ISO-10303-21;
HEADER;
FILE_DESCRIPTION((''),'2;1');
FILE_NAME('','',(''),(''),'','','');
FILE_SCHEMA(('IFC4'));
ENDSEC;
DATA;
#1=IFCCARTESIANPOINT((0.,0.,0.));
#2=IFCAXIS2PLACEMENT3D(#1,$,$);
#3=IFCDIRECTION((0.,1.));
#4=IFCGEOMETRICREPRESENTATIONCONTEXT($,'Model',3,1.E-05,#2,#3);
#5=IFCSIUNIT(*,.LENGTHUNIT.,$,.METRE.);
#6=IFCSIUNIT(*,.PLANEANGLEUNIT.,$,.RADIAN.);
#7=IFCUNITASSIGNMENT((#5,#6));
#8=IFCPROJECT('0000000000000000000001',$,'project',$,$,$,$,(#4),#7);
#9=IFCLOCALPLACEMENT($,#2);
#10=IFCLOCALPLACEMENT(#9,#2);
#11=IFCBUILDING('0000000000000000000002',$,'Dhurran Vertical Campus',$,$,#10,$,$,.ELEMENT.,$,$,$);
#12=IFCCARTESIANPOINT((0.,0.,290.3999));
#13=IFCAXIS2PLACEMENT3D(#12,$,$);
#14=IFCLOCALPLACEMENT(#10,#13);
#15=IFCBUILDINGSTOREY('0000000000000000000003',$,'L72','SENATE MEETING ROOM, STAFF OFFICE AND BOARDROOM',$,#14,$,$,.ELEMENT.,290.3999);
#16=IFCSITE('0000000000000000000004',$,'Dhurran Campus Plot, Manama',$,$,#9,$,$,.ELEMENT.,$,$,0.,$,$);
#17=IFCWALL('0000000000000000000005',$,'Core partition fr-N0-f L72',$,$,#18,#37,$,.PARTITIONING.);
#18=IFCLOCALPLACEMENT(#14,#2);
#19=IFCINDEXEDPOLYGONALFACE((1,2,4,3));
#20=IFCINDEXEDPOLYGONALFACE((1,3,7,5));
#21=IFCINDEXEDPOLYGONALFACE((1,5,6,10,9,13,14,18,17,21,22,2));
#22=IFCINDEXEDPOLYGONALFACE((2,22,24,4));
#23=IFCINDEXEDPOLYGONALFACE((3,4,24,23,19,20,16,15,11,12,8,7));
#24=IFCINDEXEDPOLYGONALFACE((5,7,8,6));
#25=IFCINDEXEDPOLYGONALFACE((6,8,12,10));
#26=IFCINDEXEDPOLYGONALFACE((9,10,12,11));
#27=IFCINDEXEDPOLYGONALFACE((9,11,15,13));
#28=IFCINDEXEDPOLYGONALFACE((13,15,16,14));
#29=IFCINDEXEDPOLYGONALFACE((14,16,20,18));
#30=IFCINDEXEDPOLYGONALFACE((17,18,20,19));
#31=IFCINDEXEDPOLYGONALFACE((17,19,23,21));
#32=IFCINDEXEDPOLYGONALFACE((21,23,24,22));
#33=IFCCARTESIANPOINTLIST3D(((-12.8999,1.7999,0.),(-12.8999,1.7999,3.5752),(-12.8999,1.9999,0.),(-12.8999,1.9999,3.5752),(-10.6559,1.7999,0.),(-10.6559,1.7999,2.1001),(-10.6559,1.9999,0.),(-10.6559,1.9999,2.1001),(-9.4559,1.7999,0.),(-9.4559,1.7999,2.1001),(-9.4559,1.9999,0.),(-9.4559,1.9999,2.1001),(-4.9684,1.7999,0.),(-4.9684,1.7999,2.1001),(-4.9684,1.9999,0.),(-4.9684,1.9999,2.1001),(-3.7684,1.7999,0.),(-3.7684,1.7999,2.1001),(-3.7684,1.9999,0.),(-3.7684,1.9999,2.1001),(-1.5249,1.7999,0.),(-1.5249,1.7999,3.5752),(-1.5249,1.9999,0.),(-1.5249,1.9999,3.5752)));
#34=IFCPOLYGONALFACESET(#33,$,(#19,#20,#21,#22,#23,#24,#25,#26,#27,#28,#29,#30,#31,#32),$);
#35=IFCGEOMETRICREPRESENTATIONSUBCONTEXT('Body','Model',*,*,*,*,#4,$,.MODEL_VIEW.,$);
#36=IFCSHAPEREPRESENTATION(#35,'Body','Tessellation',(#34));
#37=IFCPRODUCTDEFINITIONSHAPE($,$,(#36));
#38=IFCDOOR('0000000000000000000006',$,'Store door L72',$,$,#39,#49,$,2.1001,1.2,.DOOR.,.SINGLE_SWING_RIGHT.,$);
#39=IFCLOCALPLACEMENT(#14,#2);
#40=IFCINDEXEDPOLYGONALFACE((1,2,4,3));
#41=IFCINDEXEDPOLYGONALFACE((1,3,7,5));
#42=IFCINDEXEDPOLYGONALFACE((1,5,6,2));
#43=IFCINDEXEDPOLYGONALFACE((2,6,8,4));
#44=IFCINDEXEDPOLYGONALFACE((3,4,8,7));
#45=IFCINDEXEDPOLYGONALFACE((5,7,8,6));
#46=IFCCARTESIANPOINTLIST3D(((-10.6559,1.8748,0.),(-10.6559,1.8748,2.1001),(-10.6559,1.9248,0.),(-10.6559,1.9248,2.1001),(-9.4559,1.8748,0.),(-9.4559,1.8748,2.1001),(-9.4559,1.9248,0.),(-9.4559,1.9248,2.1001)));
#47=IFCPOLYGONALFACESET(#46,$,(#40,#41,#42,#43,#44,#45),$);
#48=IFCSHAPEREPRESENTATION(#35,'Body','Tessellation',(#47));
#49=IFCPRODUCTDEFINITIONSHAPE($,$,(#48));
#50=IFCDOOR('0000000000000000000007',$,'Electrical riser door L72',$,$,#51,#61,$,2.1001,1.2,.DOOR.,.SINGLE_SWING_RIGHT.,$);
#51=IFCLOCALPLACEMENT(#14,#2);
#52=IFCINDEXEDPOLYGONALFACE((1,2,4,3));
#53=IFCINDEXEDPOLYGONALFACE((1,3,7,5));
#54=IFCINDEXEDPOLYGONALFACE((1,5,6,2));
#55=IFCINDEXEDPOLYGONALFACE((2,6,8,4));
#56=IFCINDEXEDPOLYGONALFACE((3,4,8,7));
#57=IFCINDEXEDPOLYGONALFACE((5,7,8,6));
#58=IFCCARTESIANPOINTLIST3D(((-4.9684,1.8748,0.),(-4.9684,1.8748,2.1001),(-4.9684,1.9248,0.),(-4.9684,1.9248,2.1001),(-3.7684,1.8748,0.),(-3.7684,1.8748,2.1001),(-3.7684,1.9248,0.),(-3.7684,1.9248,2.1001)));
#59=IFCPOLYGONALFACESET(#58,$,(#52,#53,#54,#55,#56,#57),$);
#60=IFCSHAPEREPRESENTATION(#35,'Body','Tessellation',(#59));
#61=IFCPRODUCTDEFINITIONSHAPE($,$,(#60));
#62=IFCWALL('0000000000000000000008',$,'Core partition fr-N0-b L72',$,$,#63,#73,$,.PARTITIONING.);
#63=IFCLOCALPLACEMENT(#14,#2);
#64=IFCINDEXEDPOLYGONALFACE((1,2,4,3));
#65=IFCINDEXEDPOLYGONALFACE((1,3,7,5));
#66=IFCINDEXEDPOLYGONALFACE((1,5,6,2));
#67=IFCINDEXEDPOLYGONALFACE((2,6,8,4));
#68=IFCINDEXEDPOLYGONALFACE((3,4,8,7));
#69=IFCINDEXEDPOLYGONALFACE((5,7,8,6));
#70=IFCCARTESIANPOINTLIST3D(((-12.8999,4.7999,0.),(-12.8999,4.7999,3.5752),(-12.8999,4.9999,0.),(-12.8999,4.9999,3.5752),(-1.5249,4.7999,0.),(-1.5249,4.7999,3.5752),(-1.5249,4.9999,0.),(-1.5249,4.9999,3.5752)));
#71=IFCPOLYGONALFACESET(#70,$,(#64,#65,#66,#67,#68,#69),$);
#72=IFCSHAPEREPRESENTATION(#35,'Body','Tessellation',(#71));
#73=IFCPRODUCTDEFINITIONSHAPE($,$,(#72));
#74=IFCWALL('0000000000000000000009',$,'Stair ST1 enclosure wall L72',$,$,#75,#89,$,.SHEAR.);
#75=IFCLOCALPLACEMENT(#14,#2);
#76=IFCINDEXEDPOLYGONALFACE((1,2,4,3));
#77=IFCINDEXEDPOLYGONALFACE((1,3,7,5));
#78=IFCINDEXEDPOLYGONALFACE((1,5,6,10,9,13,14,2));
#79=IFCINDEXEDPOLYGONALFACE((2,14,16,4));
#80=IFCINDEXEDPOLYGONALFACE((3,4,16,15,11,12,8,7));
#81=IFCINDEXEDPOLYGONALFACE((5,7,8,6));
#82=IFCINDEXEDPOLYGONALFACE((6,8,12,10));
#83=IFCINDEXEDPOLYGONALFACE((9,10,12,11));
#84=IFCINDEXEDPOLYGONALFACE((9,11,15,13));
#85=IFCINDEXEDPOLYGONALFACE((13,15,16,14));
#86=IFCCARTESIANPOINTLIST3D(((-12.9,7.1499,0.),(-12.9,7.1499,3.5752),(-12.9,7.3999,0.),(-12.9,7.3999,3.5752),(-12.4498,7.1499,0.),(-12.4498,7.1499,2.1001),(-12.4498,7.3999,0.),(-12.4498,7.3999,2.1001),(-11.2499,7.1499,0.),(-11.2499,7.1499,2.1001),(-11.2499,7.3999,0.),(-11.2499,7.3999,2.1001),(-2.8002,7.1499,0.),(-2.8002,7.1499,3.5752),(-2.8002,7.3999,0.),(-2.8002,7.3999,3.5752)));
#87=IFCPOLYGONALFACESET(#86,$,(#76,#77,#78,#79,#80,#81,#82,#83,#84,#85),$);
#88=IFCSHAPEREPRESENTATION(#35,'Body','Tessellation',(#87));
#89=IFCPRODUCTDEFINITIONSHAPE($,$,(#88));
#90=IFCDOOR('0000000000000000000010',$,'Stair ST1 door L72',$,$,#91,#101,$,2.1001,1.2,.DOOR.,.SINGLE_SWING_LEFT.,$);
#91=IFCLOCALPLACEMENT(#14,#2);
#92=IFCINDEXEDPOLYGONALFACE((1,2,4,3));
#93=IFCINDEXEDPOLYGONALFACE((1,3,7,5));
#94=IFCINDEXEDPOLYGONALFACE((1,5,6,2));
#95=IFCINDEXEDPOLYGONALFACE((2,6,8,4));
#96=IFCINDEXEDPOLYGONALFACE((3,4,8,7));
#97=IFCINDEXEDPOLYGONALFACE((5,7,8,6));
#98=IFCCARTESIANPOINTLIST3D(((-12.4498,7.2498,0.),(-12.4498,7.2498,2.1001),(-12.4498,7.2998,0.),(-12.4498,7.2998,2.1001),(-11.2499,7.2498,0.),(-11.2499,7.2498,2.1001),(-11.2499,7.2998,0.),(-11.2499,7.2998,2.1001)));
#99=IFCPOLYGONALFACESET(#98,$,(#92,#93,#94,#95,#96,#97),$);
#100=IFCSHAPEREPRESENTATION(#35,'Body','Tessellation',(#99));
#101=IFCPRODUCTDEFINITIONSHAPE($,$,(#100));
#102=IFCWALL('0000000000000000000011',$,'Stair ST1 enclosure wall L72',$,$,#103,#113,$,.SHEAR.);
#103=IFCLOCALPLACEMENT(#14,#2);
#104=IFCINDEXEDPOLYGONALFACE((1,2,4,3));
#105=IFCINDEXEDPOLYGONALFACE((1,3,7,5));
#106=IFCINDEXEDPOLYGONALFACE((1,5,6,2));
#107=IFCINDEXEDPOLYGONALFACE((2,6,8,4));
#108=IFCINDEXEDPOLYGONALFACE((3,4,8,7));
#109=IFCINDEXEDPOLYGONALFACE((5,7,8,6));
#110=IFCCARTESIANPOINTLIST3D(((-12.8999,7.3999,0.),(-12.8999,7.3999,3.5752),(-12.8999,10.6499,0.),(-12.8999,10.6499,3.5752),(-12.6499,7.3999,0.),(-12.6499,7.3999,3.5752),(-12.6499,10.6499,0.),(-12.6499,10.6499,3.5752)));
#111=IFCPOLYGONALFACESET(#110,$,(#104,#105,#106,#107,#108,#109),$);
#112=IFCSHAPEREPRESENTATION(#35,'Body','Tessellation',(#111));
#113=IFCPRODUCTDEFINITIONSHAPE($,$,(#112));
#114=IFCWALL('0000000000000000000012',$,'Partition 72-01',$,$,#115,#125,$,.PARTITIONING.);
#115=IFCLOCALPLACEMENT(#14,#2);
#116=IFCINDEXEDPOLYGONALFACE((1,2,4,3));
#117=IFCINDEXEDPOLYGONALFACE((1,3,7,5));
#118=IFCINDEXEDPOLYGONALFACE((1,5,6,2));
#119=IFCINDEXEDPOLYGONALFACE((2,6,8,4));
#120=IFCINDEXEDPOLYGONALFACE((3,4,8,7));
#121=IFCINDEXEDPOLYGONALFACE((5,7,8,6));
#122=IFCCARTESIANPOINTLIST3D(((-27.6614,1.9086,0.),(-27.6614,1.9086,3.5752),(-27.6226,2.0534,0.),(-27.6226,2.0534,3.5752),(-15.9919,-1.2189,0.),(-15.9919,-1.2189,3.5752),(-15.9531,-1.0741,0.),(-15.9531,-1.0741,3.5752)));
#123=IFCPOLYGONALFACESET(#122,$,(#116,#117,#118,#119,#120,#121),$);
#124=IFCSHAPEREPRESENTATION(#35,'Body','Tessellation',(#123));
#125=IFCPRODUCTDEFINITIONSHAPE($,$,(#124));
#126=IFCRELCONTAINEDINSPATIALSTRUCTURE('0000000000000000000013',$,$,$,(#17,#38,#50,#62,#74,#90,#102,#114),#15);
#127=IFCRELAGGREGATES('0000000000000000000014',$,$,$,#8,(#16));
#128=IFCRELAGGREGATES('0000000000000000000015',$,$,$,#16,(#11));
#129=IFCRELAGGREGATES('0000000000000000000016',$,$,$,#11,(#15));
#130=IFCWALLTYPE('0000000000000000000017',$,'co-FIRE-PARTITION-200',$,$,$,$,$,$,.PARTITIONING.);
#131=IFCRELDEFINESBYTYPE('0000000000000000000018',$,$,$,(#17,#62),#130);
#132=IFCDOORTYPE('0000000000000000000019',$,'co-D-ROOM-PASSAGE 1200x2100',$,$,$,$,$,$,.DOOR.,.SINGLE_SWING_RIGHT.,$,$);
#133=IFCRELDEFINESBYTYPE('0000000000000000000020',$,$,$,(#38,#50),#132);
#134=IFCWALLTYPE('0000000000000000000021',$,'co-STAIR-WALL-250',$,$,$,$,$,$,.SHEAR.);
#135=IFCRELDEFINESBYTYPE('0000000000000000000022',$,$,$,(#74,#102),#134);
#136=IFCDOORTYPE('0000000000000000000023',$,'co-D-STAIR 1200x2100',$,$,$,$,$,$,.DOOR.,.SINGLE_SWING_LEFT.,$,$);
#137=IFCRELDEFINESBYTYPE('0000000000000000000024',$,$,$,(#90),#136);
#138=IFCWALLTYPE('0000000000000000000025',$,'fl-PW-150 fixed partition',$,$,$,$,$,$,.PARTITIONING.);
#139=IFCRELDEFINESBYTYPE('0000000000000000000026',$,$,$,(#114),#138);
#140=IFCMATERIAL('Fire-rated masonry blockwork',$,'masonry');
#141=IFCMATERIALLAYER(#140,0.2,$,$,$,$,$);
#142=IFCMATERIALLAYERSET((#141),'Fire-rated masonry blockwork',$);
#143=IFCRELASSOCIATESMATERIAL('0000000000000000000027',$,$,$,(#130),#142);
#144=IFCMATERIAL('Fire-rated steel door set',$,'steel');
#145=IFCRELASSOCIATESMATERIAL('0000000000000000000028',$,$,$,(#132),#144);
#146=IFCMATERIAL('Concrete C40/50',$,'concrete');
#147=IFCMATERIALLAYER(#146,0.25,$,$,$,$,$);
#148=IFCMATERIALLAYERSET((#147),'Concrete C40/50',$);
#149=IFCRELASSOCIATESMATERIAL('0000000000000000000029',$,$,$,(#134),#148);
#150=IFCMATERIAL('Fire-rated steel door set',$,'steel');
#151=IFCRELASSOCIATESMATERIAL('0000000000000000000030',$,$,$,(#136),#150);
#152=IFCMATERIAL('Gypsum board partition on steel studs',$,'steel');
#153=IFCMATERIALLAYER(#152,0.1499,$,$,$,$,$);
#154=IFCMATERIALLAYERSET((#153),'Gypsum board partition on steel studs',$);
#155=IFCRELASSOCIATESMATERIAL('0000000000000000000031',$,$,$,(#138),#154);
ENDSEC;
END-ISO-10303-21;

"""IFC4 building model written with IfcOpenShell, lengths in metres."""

from ifc_helpers import new_model, si_unit, direction, frame, frame_2d, origin, place, context, subcontext, project, spatial, rectangle, extrude, material, layer, layer_set, type_object, element, fill, save


model = new_model("IFC4")

# Units and contexts
model_context = context("Model", 3, precision=1e-05, world=origin(), true_north=direction((0.0, 1.0)))
body_context = subcontext(model_context, "Body", "Model", "MODEL_VIEW")
ifc_project = project(units=[si_unit("LENGTHUNIT", "METRE"), si_unit("PLANEANGLEUNIT", "RADIAN")], contexts=[model_context])

# Site, building, storey
site_placement = place(None, origin())
site = spatial("IfcSite", under=ifc_project, at=site_placement, Name="Dhurran Campus Plot, Manama", CompositionType="ELEMENT", RefElevation=0.0)
building_placement = place(site_placement, origin())
building = spatial("IfcBuilding", under=site, at=building_placement, Name="Dhurran Vertical Campus", CompositionType="ELEMENT")
storey_placement = place(building_placement, frame((0.0, 0.0, 290.3999)))
storey = spatial("IfcBuildingStorey", under=building, at=storey_placement, Name="L72", Description="SENATE MEETING ROOM, STAFF OFFICE AND BOARDROOM", CompositionType="ELEMENT", Elevation=290.3999)

# Wall, openings, doors
ifc_material_1 = material(Name="Fire-rated masonry blockwork", Category="masonry")
ifc_layer_1 = layer(ifc_material_1, 0.2)
ifc_layer_set_1 = layer_set([ifc_layer_1], Name="Fire-rated masonry blockwork")
wall_type_1 = type_object("IfcWallType", Name="co-FIRE-PARTITION-200", PredefinedType="PARTITIONING", material=ifc_layer_set_1)
wall_1_placement = place(storey_placement, frame((-12.8999, 1.8999, 0.0), z_axis=(0.0, 0.0, 1.0), x_axis=(1.0, 0.0, 0.0)))
wall_1 = element("IfcWall", 1, at=wall_1_placement, inside=storey, type_object=wall_type_1, Name="Core partition fr-N0-f L72", PredefinedType="PARTITIONING", context=body_context, shape_type="SweptSolid", body=[
    extrude(rectangle(XDim=11.375, YDim=0.2, at=frame_2d((5.6875, 0.0))), origin(), (0.0, 0.0, 1.0), 3.5752),
])
opening_1_placement = place(wall_1_placement, frame((2.2439, 0.0, 0.0)))
opening_1 = element("IfcOpeningElement", 2, at=opening_1_placement, cuts=wall_1, PredefinedType="OPENING", context=body_context, shape_type="SweptSolid", body=[
    extrude(rectangle(XDim=1.2, YDim=2.1001, at=frame_2d((0.6001, 1.05))), frame((0.0, 0.1099, 0.0), z_axis=(0.0, -1.0, 0.0), x_axis=(1.0, 0.0, 0.0)), (0.0, 0.0, 1.0), 0.22),
])
opening_2_placement = place(wall_1_placement, frame((7.9314, 0.0, 0.0)))
opening_2 = element("IfcOpeningElement", 3, at=opening_2_placement, cuts=wall_1, PredefinedType="OPENING", context=body_context, shape_type="SweptSolid", body=[
    extrude(rectangle(XDim=1.2, YDim=2.1001, at=frame_2d((0.6001, 1.05))), frame((0.0, 0.1099, 0.0), z_axis=(0.0, -1.0, 0.0), x_axis=(1.0, 0.0, 0.0)), (0.0, 0.0, 1.0), 0.22),
])
ifc_material_2 = material(Name="Fire-rated steel door set", Category="steel")
door_type_1 = type_object("IfcDoorType", Name="co-D-ROOM-PASSAGE 1200x2100", OperationType="SINGLE_SWING_RIGHT", PredefinedType="DOOR", material=ifc_material_2)
door_1_placement = place(opening_1_placement, origin())
door_1 = element("IfcDoor", 4, at=door_1_placement, inside=storey, type_object=door_type_1, Name="Store door L72", OperationType="SINGLE_SWING_RIGHT", OverallHeight=2.1001, OverallWidth=1.2, PredefinedType="DOOR", context=body_context, shape_type="SweptSolid", body=[
    extrude(rectangle(XDim=1.2, YDim=2.1001, at=frame_2d((0.6001, 1.05))), frame((0.0, 0.0249, 0.0), z_axis=(0.0, -1.0, 0.0), x_axis=(1.0, 0.0, 0.0)), (0.0, 0.0, 1.0), 0.05),
])
fill(opening_1, door_1)
door_2_placement = place(opening_2_placement, origin())
door_2 = element("IfcDoor", 5, at=door_2_placement, inside=storey, type_object=door_type_1, Name="Electrical riser door L72", OperationType="SINGLE_SWING_RIGHT", OverallHeight=2.1001, OverallWidth=1.2, PredefinedType="DOOR", context=body_context, shape_type="SweptSolid", body=[
    extrude(rectangle(XDim=1.2, YDim=2.1001, at=frame_2d((0.6001, 1.05))), frame((0.0, 0.0249, 0.0), z_axis=(0.0, -1.0, 0.0), x_axis=(1.0, 0.0, 0.0)), (0.0, 0.0, 1.0), 0.05),
])
fill(opening_2, door_2)

# Wall
wall_2_placement = place(storey_placement, frame((-12.8999, 4.8999, 0.0), z_axis=(0.0, 0.0, 1.0), x_axis=(1.0, 0.0, 0.0)))
element("IfcWall", 6, at=wall_2_placement, inside=storey, type_object=wall_type_1, Name="Core partition fr-N0-b L72", PredefinedType="PARTITIONING", context=body_context, shape_type="SweptSolid", body=[
    extrude(rectangle(XDim=11.375, YDim=0.2, at=frame_2d((5.6875, 0.0))), origin(), (0.0, 0.0, 1.0), 3.5752),
])

# Wall, opening, door
ifc_material_3 = material(Name="Concrete C40/50", Category="concrete")
ifc_layer_2 = layer(ifc_material_3, 0.25)
ifc_layer_set_2 = layer_set([ifc_layer_2], Name="Concrete C40/50")
wall_type_2 = type_object("IfcWallType", Name="co-STAIR-WALL-250", PredefinedType="SHEAR", material=ifc_layer_set_2)
wall_3_placement = place(storey_placement, frame((-12.8999, 7.2749, 0.0), z_axis=(0.0, 0.0, 1.0), x_axis=(1.0, 0.0, 0.0)))
wall_3 = element("IfcWall", 7, at=wall_3_placement, inside=storey, type_object=wall_type_2, Name="Stair ST1 enclosure wall L72", PredefinedType="SHEAR", context=body_context, shape_type="SweptSolid", body=[
    extrude(rectangle(XDim=10.0999, YDim=0.25, at=frame_2d((5.0498, 0.0))), origin(), (0.0, 0.0, 1.0), 3.5752),
])
opening_3_placement = place(wall_3_placement, frame((0.45, 0.0, 0.0)))
opening_3 = element("IfcOpeningElement", 8, at=opening_3_placement, cuts=wall_3, PredefinedType="OPENING", context=body_context, shape_type="SweptSolid", body=[
    extrude(rectangle(XDim=1.2, YDim=2.1001, at=frame_2d((0.6001, 1.05))), frame((0.0, 0.135, 0.0), z_axis=(0.0, -1.0, 0.0), x_axis=(1.0, 0.0, 0.0)), (0.0, 0.0, 1.0), 0.27),
])
ifc_material_4 = material(Name="Fire-rated steel door set", Category="steel")
door_type_2 = type_object("IfcDoorType", Name="co-D-STAIR 1200x2100", OperationType="SINGLE_SWING_LEFT", PredefinedType="DOOR", material=ifc_material_4)
door_3_placement = place(opening_3_placement, origin())
door_3 = element("IfcDoor", 9, at=door_3_placement, inside=storey, type_object=door_type_2, Name="Stair ST1 door L72", OperationType="SINGLE_SWING_LEFT", OverallHeight=2.1001, OverallWidth=1.2, PredefinedType="DOOR", context=body_context, shape_type="SweptSolid", body=[
    extrude(rectangle(XDim=1.2, YDim=2.1001, at=frame_2d((0.6001, 1.05))), frame((0.0, 0.0249, 0.0), z_axis=(0.0, -1.0, 0.0), x_axis=(1.0, 0.0, 0.0)), (0.0, 0.0, 1.0), 0.05),
])
fill(opening_3, door_3)

# Walls
wall_4_placement = place(storey_placement, frame((-12.7749, 7.3999, 0.0), z_axis=(0.0, 0.0, 1.0), x_axis=(0.0, 1.0, 0.0)))
element("IfcWall", 10, at=wall_4_placement, inside=storey, type_object=wall_type_2, Name="Stair ST1 enclosure wall L72", PredefinedType="SHEAR", context=body_context, shape_type="SweptSolid", body=[
    extrude(rectangle(XDim=3.25, YDim=0.25, at=frame_2d((1.625, 0.0))), origin(), (0.0, 0.0, 1.0), 3.5752),
])
ifc_material_5 = material(Name="Gypsum board partition on steel studs", Category="steel")
ifc_layer_3 = layer(ifc_material_5, 0.1499)
ifc_layer_set_3 = layer_set([ifc_layer_3], Name="Gypsum board partition on steel studs")
wall_type_3 = type_object("IfcWallType", Name="fl-PW-150 fixed partition", PredefinedType="PARTITIONING", material=ifc_layer_set_3)
wall_5_placement = place(storey_placement, frame((-27.6418, 1.981, 0.0), z_axis=(0.0, 0.0, 1.0), x_axis=(0.965913, -0.258867, 0.0)))
element("IfcWall", 11, at=wall_5_placement, inside=storey, type_object=wall_type_3, Name="Partition 72-01", PredefinedType="PARTITIONING", context=body_context, shape_type="SweptSolid", body=[
    extrude(rectangle(XDim=12.0813, YDim=0.1499, at=frame_2d((6.0405, 0.0))), origin(), (0.0, 0.0, 1.0), 3.5752),
])

save(model, "model.ifc")
